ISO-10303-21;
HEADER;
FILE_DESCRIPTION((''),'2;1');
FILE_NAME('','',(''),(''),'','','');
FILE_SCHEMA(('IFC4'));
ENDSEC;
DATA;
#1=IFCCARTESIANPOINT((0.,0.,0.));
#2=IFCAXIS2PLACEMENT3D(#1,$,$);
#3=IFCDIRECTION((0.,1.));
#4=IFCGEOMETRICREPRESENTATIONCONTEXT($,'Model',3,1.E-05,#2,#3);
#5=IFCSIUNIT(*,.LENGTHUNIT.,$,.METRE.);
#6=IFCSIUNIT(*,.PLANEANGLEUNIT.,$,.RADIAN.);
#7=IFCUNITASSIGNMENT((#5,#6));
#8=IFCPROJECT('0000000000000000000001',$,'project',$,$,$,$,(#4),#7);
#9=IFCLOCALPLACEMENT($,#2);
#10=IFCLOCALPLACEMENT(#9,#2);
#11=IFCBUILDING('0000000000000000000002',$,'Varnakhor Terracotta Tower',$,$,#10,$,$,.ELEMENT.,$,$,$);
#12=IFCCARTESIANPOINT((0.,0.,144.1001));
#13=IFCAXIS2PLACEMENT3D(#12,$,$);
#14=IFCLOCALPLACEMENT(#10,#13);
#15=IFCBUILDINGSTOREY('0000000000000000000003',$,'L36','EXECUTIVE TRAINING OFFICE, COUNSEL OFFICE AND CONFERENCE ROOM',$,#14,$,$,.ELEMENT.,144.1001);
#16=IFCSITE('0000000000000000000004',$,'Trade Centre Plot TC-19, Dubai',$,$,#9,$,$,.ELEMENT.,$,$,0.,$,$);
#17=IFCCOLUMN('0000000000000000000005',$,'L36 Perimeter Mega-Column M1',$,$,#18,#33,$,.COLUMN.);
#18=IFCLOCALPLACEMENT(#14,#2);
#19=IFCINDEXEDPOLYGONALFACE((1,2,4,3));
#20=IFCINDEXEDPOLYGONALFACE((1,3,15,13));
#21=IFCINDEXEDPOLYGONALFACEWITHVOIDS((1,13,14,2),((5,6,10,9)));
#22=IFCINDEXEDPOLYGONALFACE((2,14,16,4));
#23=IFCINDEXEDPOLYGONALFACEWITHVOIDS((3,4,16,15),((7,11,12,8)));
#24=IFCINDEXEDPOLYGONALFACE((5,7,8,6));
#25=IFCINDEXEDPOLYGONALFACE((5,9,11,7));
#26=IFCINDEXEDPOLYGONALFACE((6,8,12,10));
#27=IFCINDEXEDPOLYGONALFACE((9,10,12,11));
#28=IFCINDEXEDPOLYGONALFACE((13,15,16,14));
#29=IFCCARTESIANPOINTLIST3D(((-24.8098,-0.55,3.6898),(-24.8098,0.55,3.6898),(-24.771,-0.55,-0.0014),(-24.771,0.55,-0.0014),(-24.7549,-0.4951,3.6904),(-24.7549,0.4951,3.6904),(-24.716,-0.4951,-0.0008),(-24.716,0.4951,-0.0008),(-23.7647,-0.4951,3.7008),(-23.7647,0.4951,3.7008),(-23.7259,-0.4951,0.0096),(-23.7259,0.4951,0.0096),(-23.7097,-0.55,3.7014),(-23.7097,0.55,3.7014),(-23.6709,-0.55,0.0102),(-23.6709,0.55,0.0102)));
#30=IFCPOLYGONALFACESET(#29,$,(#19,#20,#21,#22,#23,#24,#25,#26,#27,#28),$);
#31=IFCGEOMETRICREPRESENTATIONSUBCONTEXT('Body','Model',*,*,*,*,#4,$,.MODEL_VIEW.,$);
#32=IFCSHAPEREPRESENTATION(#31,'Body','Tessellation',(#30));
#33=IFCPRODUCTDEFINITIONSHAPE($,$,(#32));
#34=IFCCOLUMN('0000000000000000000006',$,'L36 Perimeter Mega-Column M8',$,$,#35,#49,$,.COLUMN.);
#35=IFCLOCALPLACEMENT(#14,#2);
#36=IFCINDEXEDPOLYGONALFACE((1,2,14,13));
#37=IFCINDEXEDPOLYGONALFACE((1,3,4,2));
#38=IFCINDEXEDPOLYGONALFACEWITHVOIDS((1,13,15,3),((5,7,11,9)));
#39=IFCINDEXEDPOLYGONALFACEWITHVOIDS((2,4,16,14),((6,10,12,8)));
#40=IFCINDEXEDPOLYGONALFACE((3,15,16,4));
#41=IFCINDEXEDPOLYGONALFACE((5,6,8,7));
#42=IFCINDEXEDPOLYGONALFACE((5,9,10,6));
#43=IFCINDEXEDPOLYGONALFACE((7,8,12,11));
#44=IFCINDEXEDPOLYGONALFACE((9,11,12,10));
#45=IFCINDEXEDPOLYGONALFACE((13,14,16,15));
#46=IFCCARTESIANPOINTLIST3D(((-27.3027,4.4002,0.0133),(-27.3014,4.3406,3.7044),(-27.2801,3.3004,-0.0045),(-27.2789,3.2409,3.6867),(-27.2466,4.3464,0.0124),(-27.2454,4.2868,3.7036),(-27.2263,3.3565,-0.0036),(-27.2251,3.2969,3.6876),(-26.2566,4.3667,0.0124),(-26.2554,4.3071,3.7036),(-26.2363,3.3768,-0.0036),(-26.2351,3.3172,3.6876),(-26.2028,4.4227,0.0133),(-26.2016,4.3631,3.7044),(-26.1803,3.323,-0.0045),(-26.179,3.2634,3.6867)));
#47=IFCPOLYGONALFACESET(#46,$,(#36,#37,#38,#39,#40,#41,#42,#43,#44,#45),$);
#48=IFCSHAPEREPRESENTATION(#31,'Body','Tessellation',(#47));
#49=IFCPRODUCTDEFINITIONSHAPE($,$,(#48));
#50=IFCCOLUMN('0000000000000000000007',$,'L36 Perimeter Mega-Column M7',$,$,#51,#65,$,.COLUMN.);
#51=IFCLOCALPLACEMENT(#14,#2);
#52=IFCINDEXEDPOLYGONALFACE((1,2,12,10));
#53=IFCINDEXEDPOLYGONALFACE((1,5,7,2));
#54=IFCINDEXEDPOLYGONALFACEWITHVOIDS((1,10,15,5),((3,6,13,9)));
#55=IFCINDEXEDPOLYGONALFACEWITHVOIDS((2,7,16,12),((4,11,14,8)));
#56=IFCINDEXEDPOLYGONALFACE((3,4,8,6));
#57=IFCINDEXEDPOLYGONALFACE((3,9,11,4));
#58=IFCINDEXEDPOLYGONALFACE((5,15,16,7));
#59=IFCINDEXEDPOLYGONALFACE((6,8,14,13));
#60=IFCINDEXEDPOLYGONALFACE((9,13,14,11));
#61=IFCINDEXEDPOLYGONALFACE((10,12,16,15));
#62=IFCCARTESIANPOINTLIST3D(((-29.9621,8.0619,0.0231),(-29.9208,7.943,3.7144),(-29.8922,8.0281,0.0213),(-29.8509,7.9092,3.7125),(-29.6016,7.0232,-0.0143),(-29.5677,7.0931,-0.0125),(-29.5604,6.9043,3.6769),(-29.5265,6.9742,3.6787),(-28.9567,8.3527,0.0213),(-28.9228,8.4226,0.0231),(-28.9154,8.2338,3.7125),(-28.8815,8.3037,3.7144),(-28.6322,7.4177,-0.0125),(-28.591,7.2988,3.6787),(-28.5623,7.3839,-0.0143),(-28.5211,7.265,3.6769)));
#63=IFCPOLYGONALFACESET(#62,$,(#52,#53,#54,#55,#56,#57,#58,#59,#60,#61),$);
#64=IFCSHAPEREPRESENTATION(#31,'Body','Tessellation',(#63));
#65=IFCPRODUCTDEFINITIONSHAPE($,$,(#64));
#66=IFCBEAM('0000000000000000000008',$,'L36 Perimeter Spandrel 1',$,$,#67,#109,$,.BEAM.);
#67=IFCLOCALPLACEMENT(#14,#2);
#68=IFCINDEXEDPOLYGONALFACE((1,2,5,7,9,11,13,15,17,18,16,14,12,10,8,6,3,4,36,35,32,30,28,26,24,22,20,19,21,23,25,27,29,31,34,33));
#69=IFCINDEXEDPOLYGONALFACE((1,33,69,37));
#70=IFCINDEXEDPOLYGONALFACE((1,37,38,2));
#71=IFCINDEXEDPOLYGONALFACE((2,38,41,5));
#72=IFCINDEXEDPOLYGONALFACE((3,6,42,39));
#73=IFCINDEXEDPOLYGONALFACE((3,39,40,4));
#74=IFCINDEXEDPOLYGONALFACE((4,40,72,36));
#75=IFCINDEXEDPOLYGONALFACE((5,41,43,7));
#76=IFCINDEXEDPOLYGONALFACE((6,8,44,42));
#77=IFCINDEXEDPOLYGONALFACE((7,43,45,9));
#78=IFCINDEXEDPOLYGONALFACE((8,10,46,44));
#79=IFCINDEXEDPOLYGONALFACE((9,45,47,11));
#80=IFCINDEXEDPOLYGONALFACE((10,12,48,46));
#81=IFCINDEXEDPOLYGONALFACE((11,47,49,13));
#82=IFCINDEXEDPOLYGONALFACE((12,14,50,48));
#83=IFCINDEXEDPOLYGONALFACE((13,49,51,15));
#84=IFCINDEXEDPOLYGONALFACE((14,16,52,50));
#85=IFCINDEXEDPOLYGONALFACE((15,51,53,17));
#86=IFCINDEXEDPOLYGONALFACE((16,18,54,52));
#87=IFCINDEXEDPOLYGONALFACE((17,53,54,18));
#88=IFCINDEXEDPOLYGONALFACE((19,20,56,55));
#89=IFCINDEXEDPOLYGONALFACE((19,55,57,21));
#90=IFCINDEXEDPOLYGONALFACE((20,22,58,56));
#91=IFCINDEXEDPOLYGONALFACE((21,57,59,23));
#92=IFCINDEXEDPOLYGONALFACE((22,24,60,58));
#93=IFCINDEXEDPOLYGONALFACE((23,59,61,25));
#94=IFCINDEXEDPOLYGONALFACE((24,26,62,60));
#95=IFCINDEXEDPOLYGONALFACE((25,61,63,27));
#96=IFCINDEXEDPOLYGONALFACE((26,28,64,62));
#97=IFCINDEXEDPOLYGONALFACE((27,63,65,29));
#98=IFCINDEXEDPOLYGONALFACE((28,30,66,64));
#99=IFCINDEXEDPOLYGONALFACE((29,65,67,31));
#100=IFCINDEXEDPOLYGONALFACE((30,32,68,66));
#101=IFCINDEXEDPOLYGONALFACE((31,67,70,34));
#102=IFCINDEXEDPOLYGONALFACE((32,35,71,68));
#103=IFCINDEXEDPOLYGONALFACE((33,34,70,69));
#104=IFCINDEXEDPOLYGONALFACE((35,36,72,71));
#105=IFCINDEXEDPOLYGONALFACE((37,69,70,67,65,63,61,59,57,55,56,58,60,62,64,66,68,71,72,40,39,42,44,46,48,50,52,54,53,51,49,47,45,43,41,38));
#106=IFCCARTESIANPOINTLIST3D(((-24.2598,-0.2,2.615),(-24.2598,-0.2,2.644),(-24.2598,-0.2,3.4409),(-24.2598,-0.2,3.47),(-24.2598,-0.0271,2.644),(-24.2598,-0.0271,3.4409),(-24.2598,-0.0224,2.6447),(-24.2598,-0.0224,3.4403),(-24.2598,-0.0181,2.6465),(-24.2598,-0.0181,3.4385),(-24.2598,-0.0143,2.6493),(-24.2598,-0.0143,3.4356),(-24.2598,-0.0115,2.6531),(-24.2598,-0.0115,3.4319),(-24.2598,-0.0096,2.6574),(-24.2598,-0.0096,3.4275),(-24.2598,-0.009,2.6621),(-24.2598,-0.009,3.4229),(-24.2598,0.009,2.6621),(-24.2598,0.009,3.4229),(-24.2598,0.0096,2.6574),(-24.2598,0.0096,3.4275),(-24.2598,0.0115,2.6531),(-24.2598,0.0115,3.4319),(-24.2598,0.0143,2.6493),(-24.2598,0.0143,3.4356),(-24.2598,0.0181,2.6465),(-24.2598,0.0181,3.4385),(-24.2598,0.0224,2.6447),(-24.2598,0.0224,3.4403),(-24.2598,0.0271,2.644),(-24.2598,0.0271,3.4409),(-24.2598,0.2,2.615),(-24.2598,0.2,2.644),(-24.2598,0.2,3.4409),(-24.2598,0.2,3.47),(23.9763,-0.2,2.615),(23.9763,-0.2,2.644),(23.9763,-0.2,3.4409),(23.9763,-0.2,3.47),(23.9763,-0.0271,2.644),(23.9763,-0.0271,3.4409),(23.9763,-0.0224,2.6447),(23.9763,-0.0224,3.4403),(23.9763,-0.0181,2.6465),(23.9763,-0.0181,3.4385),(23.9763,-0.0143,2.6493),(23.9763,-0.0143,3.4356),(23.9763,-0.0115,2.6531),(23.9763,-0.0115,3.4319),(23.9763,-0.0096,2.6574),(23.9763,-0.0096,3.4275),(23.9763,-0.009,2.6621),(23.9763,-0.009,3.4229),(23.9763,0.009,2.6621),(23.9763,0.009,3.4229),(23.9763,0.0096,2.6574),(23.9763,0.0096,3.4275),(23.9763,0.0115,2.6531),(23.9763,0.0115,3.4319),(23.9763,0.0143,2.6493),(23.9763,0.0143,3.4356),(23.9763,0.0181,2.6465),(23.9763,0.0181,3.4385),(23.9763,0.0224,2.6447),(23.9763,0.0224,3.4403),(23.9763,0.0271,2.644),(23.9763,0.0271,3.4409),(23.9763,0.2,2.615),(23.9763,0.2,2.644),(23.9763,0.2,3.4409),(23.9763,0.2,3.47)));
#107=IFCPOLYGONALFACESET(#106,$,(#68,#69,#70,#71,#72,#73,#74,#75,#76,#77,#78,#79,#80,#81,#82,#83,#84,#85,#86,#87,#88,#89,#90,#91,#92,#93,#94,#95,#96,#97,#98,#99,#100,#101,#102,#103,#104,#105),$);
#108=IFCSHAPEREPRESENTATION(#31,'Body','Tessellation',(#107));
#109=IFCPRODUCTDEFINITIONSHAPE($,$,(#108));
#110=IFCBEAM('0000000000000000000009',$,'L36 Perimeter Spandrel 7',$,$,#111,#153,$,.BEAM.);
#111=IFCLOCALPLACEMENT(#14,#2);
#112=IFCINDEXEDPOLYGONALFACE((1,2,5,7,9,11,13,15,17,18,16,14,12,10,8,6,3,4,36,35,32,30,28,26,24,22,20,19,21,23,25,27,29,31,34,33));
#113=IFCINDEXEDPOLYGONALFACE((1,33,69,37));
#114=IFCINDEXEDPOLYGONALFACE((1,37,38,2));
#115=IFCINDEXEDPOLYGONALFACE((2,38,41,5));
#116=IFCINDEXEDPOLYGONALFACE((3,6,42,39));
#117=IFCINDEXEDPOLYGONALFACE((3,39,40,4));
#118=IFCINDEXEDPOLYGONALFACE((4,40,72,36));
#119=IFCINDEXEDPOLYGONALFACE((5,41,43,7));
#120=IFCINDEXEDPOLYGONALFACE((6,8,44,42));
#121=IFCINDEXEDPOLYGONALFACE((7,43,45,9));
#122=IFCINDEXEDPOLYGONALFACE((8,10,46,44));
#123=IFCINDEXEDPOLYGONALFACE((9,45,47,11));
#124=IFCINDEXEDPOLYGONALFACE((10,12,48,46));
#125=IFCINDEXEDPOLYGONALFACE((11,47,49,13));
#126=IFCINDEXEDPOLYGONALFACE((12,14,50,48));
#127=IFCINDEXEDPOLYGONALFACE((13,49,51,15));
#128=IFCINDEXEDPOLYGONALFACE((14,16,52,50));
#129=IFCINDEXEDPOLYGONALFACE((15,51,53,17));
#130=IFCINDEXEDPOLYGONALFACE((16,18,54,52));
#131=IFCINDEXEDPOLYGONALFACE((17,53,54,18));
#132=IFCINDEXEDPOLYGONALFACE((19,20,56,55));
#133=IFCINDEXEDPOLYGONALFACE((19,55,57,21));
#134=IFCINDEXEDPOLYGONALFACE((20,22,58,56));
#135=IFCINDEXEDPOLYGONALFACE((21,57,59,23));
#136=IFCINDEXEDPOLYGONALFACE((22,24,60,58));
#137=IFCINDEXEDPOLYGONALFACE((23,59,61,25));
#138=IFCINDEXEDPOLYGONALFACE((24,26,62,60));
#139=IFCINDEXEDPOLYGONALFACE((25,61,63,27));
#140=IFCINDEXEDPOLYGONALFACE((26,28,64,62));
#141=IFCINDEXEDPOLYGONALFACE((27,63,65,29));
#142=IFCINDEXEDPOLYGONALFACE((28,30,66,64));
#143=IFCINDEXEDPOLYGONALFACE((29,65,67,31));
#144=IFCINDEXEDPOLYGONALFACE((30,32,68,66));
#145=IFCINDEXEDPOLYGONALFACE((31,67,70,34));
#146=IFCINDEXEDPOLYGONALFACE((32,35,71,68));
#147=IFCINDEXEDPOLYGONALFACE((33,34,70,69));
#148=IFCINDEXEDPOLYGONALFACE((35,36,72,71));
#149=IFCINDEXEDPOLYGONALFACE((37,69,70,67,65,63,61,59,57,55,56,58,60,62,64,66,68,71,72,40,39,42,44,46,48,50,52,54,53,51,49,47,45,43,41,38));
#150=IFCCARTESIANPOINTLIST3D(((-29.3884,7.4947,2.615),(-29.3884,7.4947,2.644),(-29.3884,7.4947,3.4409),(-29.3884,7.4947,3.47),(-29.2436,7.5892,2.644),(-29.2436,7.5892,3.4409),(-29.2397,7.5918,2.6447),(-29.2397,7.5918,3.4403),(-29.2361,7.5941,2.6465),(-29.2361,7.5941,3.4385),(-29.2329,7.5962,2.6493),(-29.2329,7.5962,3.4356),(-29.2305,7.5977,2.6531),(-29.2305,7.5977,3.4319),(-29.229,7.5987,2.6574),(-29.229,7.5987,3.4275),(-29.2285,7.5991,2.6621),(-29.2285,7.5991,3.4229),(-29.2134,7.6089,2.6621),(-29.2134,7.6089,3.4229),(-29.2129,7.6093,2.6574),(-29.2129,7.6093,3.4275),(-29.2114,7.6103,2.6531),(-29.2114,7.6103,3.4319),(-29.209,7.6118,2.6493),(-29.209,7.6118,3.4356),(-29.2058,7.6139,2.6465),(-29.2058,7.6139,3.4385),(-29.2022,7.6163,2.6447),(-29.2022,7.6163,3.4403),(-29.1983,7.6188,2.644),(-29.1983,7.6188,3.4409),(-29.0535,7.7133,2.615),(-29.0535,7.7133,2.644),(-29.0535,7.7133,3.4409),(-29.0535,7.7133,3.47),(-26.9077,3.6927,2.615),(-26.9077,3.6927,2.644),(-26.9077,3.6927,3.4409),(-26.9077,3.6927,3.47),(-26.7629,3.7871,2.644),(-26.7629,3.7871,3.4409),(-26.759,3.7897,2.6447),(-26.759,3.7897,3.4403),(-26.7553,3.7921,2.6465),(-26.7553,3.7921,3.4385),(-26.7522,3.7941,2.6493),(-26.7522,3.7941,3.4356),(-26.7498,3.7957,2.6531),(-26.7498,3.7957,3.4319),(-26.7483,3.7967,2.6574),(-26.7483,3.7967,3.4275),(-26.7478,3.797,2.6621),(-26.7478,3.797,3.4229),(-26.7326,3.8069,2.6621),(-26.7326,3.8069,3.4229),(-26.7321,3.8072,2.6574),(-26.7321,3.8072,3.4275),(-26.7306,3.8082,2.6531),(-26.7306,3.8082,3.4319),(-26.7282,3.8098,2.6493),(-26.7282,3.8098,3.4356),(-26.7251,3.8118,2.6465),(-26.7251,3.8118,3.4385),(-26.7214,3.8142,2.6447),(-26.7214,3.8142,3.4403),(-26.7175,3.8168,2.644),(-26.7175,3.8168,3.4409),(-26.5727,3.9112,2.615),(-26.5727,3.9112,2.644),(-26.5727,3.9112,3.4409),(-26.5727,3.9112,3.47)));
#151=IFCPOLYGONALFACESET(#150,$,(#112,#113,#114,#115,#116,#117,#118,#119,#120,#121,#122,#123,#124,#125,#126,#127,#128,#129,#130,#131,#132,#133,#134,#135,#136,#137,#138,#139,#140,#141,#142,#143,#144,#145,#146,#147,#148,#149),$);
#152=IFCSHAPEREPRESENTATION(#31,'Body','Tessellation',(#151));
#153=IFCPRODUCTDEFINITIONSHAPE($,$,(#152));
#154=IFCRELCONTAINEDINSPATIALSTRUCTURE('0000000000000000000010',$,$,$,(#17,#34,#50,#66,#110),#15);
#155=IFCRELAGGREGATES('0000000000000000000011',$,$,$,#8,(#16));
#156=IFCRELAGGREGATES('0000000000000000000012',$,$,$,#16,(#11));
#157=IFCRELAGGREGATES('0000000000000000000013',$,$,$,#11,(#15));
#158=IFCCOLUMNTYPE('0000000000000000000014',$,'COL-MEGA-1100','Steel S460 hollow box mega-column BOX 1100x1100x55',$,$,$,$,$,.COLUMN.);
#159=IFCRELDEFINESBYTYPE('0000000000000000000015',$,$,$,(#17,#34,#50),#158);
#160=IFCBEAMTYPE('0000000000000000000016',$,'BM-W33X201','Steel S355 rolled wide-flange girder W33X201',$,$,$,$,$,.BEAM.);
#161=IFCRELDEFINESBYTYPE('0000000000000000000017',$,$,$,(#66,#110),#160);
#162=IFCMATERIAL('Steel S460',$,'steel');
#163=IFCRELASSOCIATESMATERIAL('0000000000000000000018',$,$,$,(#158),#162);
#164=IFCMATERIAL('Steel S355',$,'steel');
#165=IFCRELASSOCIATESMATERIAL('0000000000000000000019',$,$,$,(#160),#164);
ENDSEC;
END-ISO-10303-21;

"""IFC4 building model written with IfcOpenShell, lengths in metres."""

from ifc_helpers import new_model, si_unit, direction, frame, origin, origin_2d, place, context, subcontext, project, spatial, hollow_rectangle, i_section, extrude, source, transform, mapped, material, material_profile, profile_set, type_object, element, save


model = new_model("IFC4")

# Units and contexts
model_context = context("Model", 3, precision=1e-05, world=origin(), true_north=direction((0.0, 1.0)))
body_context = subcontext(model_context, "Body", "Model", "MODEL_VIEW")
ifc_project = project(units=[si_unit("LENGTHUNIT", "METRE"), si_unit("PLANEANGLEUNIT", "RADIAN")], contexts=[model_context])

# Site, building, storey
site_placement = place(None, origin())
site = spatial("IfcSite", under=ifc_project, at=site_placement, Name="Trade Centre Plot TC-19, Dubai", CompositionType="ELEMENT", RefElevation=0.0)
building_placement = place(site_placement, origin())
building = spatial("IfcBuilding", under=site, at=building_placement, Name="Varnakhor Terracotta Tower", CompositionType="ELEMENT")
storey_placement = place(building_placement, frame((0.0, 0.0, 144.1001)))
storey = spatial("IfcBuildingStorey", under=building, at=storey_placement, Name="L36", Description="EXECUTIVE TRAINING OFFICE, COUNSEL OFFICE AND CONFERENCE ROOM", CompositionType="ELEMENT", Elevation=144.1001)

# Columns
ifc_material_1 = material(Name="Steel S460", Category="steel")
ifc_material_profile_1 = material_profile(ifc_material_1, hollow_rectangle(XDim=1.1001, YDim=1.1001, WallThickness=0.0549, at=origin_2d()), Name="BOX 1100x1100x55")
ifc_profile_set_1 = profile_set([ifc_material_profile_1], Name="Steel S460")
column_type = type_object("IfcColumnType", Name="COL-MEGA-1100", Description="Steel S460 hollow box mega-column BOX 1100x1100x55", PredefinedType="COLUMN", material=ifc_profile_set_1)
shared_shape_1 = source(origin(), body_context, "Body", "SweptSolid", [
    extrude(hollow_rectangle(XDim=1.1001, YDim=1.1001, WallThickness=0.0549, at=origin_2d()), origin(), (0.0, 0.0, 1.0), 3.6914),
])
column_1_placement = place(storey_placement, frame((-24.2209, 0.0, 0.0044), z_axis=(-0.010516, 0.0, 0.999945), x_axis=(0.0, -1.0, 0.0)))
element("IfcColumn", 1, at=column_1_placement, inside=storey, type_object=column_type, Name="L36 Perimeter Mega-Column M1", PredefinedType="COLUMN", context=body_context, shape_type="MappedRepresentation", body=[
    mapped(shared_shape_1, transform((0.0, 0.0, 0.0), scale=1.0)),
])
shared_shape_2 = source(origin(), body_context, "Body", "SweptSolid", [
    extrude(hollow_rectangle(XDim=1.1001, YDim=1.1001, WallThickness=0.0549, at=origin_2d()), origin(), (0.0, 0.0, 1.0), 3.6917),
])
column_2_placement = place(storey_placement, frame((-26.7415, 3.8616, 0.0044), z_axis=(0.000331, -0.016137, 0.99987), x_axis=(0.99979, 0.020488, 0.0)))
element("IfcColumn", 2, at=column_2_placement, inside=storey, type_object=column_type, Name="L36 Perimeter Mega-Column M8", PredefinedType="COLUMN", context=body_context, shape_type="MappedRepresentation", body=[
    mapped(shared_shape_2, transform((0.0, 0.0, 0.0), scale=1.0)),
])
shared_shape_3 = source(origin(), body_context, "Body", "SweptSolid", [
    extrude(hollow_rectangle(XDim=1.1001, YDim=1.1001, WallThickness=0.0549, at=origin_2d()), origin(), (0.0, 0.0, 1.0), 3.6934),
])
column_3_placement = place(storey_placement, frame((-29.2622, 7.7229, 0.0044), z_axis=(0.011171, -0.032192, 0.999419), x_axis=(0.944732, 0.327843, 0.0)))
element("IfcColumn", 3, at=column_3_placement, inside=storey, type_object=column_type, Name="L36 Perimeter Mega-Column M7", PredefinedType="COLUMN", context=body_context, shape_type="MappedRepresentation", body=[
    mapped(shared_shape_3, transform((0.0, 0.0, 0.0), scale=1.0)),
])

# Beams
ifc_material_2 = material(Name="Steel S355", Category="steel")
ifc_material_profile_2 = material_profile(ifc_material_2, i_section(OverallWidth=0.3999, OverallDepth=0.855, WebThickness=0.0181, FlangeThickness=0.0291, FilletRadius=0.0181, at=origin_2d()), Name="W33X201")
ifc_profile_set_2 = profile_set([ifc_material_profile_2], Name="Steel S355")
beam_type_1 = type_object("IfcBeamType", Name="BM-W33X201", Description="Steel S355 rolled wide-flange girder W33X201", PredefinedType="BEAM", material=ifc_profile_set_2)
shared_shape_4 = source(origin(), body_context, "Body", "SweptSolid", [
    extrude(i_section(OverallWidth=0.3999, OverallDepth=0.855, WebThickness=0.0181, FlangeThickness=0.0291, FilletRadius=0.0181, at=origin_2d()), origin(), (0.0, 0.0, 1.0), 48.2361),
])
beam_1_placement = place(storey_placement, frame((-24.2598, 0.0, 3.0425), z_axis=(1.0, 0.0, 0.0), x_axis=(0.0, 1.0, 0.0)))
element("IfcBeam", 4, at=beam_1_placement, inside=storey, type_object=beam_type_1, Name="L36 Perimeter Spandrel 1", PredefinedType="BEAM", context=body_context, shape_type="MappedRepresentation", body=[
    mapped(shared_shape_4, transform((0.0, 0.0, 0.0), scale=1.0)),
])
shared_shape_5 = source(origin(), body_context, "Body", "SweptSolid", [
    extrude(i_section(OverallWidth=0.3999, OverallDepth=0.855, WebThickness=0.0181, FlangeThickness=0.0291, FilletRadius=0.0181, at=origin_2d()), origin(), (0.0, 0.0, 1.0), 4.5398),
])
beam_2_placement = place(storey_placement, frame((-29.2209, 7.604, 3.0425), z_axis=(0.546445, -0.837495, 0.0), x_axis=(0.837495, 0.546445, 0.0)))
element("IfcBeam", 5, at=beam_2_placement, inside=storey, type_object=beam_type_1, Name="L36 Perimeter Spandrel 7", PredefinedType="BEAM", context=body_context, shape_type="MappedRepresentation", body=[
    mapped(shared_shape_5, transform((0.0, 0.0, 0.0), scale=1.0)),
])

save(model, "model.ifc")
